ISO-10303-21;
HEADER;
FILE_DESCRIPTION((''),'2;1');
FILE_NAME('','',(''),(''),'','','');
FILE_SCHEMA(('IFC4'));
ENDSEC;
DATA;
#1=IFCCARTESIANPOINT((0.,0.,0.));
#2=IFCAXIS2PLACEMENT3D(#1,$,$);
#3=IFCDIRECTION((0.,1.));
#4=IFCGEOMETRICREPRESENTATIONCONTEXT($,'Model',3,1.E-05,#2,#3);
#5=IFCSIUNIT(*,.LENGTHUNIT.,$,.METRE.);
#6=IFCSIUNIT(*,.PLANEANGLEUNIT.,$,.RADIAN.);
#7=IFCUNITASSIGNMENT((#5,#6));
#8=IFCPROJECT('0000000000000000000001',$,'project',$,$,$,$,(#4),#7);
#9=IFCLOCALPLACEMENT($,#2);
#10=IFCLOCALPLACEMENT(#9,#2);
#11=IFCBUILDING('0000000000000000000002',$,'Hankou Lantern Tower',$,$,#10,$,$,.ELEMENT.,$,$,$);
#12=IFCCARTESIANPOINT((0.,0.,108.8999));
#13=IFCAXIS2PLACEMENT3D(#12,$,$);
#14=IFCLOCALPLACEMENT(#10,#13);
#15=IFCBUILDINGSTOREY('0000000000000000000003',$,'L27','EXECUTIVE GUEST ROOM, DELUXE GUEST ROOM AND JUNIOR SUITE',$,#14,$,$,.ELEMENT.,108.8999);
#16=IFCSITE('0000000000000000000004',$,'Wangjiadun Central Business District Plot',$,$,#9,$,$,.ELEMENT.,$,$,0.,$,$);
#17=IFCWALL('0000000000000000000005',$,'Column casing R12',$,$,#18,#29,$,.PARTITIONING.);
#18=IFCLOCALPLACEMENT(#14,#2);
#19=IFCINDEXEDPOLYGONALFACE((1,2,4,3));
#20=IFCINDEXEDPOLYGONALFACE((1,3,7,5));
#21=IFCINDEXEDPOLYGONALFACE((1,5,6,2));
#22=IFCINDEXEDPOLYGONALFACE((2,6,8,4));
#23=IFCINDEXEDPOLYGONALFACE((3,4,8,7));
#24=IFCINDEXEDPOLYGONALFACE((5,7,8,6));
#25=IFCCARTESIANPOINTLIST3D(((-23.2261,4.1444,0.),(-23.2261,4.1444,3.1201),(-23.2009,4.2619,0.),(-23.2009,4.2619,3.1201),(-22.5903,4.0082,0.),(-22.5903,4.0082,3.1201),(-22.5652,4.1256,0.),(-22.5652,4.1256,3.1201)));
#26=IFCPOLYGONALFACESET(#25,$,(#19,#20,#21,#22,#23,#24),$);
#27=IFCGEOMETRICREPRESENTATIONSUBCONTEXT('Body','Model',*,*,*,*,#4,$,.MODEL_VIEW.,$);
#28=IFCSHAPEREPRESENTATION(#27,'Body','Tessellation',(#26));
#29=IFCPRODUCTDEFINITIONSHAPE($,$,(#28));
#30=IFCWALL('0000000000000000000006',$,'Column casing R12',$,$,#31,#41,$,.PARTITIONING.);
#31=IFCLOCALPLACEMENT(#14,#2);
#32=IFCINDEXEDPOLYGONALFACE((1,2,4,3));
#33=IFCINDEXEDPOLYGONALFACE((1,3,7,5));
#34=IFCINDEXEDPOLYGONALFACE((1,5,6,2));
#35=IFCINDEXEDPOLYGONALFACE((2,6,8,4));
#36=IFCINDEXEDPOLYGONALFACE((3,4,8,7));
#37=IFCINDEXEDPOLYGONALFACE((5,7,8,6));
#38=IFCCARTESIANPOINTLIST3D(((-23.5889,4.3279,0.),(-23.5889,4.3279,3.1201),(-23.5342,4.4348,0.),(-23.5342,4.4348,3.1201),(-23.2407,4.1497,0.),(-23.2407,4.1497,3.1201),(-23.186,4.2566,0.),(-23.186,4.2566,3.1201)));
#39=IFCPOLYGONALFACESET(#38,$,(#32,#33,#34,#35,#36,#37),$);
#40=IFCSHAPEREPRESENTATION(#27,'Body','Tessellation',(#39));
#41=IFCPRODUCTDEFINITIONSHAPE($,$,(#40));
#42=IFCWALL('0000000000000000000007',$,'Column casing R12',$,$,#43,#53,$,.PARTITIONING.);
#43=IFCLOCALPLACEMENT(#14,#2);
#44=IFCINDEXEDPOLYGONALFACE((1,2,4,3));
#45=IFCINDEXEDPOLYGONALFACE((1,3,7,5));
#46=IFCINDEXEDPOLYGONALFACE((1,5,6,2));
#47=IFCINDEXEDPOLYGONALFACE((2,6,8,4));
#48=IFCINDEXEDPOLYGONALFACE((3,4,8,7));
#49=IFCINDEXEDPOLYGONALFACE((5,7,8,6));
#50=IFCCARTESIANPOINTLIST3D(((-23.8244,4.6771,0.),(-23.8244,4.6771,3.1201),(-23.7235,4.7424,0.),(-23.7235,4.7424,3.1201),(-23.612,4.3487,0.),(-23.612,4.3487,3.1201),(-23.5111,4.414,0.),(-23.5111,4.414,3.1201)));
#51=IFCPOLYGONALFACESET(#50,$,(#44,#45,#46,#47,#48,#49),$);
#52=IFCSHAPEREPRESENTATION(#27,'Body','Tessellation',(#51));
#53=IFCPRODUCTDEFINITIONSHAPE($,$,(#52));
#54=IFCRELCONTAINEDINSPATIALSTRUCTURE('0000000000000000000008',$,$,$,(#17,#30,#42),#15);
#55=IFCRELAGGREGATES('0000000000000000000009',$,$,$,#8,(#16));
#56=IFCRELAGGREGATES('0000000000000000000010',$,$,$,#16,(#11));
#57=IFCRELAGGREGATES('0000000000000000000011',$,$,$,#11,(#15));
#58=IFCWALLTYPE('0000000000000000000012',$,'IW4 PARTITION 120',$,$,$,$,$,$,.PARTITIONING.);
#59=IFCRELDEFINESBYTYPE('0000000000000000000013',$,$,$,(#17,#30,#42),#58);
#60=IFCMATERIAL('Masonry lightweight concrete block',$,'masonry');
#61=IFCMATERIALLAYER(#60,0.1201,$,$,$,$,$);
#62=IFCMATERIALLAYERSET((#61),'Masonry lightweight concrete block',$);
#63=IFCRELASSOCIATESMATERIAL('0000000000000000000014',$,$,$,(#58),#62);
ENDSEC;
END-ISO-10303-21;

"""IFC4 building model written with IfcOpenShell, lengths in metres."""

from ifc_helpers import new_model, si_unit, direction, frame, frame_2d, origin, place, context, subcontext, project, spatial, rectangle, extrude, material, layer, layer_set, type_object, element, save


model = new_model("IFC4")

# Units and contexts
model_context = context("Model", 3, precision=1e-05, world=origin(), true_north=direction((0.0, 1.0)))
body_context = subcontext(model_context, "Body", "Model", "MODEL_VIEW")
ifc_project = project(units=[si_unit("LENGTHUNIT", "METRE"), si_unit("PLANEANGLEUNIT", "RADIAN")], contexts=[model_context])

# Site, building, storey
site_placement = place(None, origin())
site = spatial("IfcSite", under=ifc_project, at=site_placement, Name="Wangjiadun Central Business District Plot", CompositionType="ELEMENT", RefElevation=0.0)
building_placement = place(site_placement, origin())
building = spatial("IfcBuilding", under=site, at=building_placement, Name="Hankou Lantern Tower", CompositionType="ELEMENT")
storey_placement = place(building_placement, frame((0.0, 0.0, 108.8999)))
storey = spatial("IfcBuildingStorey", under=building, at=storey_placement, Name="L27", Description="EXECUTIVE GUEST ROOM, DELUXE GUEST ROOM AND JUNIOR SUITE", CompositionType="ELEMENT", Elevation=108.8999)

# Walls
ifc_material_1 = material(Name="Masonry lightweight concrete block", Category="masonry")
ifc_layer_1 = layer(ifc_material_1, 0.1201)
ifc_layer_set_1 = layer_set([ifc_layer_1], Name="Masonry lightweight concrete block")
wall_type_1 = type_object("IfcWallType", Name="IW4 PARTITION 120", PredefinedType="PARTITIONING", material=ifc_layer_set_1)
wall_1_placement = place(storey_placement, frame((-22.5776, 4.0669, 0.0), z_axis=(0.0, 0.0, 1.0), x_axis=(-0.977802, 0.209529, 0.0)))
element("IfcWall", 1, at=wall_1_placement, inside=storey, type_object=wall_type_1, Name="Column casing R12", PredefinedType="PARTITIONING", context=body_context, shape_type="SweptSolid", body=[
    extrude(rectangle(XDim=0.6501, YDim=0.1201, at=frame_2d((0.3252, 0.0))), origin(), (0.0, 0.0, 1.0), 3.1201),
])
for number, where, z_axis, x_axis, name in (
    (2, (-23.2134, 4.2031, 0.0), (0.0, 0.0, 1.0), (-0.890142, 0.455683, 0.0), "Column casing R12"),
    (3, (-23.5615, 4.3813, 0.0), (0.0, 0.0, 1.0), (-0.543122, 0.839654, 0.0), "Column casing R12"),
):
    element("IfcWall", number, at=place(storey_placement, frame(where, z_axis=z_axis, x_axis=x_axis)), inside=storey, type_object=wall_type_1, Name=name, PredefinedType="PARTITIONING", context=body_context, shape_type="SweptSolid", body=[
        extrude(rectangle(XDim=0.3911, YDim=0.1201, at=frame_2d((0.1956, 0.0))), origin(), (0.0, 0.0, 1.0), 3.1201),
    ])

save(model, "model.ifc")
